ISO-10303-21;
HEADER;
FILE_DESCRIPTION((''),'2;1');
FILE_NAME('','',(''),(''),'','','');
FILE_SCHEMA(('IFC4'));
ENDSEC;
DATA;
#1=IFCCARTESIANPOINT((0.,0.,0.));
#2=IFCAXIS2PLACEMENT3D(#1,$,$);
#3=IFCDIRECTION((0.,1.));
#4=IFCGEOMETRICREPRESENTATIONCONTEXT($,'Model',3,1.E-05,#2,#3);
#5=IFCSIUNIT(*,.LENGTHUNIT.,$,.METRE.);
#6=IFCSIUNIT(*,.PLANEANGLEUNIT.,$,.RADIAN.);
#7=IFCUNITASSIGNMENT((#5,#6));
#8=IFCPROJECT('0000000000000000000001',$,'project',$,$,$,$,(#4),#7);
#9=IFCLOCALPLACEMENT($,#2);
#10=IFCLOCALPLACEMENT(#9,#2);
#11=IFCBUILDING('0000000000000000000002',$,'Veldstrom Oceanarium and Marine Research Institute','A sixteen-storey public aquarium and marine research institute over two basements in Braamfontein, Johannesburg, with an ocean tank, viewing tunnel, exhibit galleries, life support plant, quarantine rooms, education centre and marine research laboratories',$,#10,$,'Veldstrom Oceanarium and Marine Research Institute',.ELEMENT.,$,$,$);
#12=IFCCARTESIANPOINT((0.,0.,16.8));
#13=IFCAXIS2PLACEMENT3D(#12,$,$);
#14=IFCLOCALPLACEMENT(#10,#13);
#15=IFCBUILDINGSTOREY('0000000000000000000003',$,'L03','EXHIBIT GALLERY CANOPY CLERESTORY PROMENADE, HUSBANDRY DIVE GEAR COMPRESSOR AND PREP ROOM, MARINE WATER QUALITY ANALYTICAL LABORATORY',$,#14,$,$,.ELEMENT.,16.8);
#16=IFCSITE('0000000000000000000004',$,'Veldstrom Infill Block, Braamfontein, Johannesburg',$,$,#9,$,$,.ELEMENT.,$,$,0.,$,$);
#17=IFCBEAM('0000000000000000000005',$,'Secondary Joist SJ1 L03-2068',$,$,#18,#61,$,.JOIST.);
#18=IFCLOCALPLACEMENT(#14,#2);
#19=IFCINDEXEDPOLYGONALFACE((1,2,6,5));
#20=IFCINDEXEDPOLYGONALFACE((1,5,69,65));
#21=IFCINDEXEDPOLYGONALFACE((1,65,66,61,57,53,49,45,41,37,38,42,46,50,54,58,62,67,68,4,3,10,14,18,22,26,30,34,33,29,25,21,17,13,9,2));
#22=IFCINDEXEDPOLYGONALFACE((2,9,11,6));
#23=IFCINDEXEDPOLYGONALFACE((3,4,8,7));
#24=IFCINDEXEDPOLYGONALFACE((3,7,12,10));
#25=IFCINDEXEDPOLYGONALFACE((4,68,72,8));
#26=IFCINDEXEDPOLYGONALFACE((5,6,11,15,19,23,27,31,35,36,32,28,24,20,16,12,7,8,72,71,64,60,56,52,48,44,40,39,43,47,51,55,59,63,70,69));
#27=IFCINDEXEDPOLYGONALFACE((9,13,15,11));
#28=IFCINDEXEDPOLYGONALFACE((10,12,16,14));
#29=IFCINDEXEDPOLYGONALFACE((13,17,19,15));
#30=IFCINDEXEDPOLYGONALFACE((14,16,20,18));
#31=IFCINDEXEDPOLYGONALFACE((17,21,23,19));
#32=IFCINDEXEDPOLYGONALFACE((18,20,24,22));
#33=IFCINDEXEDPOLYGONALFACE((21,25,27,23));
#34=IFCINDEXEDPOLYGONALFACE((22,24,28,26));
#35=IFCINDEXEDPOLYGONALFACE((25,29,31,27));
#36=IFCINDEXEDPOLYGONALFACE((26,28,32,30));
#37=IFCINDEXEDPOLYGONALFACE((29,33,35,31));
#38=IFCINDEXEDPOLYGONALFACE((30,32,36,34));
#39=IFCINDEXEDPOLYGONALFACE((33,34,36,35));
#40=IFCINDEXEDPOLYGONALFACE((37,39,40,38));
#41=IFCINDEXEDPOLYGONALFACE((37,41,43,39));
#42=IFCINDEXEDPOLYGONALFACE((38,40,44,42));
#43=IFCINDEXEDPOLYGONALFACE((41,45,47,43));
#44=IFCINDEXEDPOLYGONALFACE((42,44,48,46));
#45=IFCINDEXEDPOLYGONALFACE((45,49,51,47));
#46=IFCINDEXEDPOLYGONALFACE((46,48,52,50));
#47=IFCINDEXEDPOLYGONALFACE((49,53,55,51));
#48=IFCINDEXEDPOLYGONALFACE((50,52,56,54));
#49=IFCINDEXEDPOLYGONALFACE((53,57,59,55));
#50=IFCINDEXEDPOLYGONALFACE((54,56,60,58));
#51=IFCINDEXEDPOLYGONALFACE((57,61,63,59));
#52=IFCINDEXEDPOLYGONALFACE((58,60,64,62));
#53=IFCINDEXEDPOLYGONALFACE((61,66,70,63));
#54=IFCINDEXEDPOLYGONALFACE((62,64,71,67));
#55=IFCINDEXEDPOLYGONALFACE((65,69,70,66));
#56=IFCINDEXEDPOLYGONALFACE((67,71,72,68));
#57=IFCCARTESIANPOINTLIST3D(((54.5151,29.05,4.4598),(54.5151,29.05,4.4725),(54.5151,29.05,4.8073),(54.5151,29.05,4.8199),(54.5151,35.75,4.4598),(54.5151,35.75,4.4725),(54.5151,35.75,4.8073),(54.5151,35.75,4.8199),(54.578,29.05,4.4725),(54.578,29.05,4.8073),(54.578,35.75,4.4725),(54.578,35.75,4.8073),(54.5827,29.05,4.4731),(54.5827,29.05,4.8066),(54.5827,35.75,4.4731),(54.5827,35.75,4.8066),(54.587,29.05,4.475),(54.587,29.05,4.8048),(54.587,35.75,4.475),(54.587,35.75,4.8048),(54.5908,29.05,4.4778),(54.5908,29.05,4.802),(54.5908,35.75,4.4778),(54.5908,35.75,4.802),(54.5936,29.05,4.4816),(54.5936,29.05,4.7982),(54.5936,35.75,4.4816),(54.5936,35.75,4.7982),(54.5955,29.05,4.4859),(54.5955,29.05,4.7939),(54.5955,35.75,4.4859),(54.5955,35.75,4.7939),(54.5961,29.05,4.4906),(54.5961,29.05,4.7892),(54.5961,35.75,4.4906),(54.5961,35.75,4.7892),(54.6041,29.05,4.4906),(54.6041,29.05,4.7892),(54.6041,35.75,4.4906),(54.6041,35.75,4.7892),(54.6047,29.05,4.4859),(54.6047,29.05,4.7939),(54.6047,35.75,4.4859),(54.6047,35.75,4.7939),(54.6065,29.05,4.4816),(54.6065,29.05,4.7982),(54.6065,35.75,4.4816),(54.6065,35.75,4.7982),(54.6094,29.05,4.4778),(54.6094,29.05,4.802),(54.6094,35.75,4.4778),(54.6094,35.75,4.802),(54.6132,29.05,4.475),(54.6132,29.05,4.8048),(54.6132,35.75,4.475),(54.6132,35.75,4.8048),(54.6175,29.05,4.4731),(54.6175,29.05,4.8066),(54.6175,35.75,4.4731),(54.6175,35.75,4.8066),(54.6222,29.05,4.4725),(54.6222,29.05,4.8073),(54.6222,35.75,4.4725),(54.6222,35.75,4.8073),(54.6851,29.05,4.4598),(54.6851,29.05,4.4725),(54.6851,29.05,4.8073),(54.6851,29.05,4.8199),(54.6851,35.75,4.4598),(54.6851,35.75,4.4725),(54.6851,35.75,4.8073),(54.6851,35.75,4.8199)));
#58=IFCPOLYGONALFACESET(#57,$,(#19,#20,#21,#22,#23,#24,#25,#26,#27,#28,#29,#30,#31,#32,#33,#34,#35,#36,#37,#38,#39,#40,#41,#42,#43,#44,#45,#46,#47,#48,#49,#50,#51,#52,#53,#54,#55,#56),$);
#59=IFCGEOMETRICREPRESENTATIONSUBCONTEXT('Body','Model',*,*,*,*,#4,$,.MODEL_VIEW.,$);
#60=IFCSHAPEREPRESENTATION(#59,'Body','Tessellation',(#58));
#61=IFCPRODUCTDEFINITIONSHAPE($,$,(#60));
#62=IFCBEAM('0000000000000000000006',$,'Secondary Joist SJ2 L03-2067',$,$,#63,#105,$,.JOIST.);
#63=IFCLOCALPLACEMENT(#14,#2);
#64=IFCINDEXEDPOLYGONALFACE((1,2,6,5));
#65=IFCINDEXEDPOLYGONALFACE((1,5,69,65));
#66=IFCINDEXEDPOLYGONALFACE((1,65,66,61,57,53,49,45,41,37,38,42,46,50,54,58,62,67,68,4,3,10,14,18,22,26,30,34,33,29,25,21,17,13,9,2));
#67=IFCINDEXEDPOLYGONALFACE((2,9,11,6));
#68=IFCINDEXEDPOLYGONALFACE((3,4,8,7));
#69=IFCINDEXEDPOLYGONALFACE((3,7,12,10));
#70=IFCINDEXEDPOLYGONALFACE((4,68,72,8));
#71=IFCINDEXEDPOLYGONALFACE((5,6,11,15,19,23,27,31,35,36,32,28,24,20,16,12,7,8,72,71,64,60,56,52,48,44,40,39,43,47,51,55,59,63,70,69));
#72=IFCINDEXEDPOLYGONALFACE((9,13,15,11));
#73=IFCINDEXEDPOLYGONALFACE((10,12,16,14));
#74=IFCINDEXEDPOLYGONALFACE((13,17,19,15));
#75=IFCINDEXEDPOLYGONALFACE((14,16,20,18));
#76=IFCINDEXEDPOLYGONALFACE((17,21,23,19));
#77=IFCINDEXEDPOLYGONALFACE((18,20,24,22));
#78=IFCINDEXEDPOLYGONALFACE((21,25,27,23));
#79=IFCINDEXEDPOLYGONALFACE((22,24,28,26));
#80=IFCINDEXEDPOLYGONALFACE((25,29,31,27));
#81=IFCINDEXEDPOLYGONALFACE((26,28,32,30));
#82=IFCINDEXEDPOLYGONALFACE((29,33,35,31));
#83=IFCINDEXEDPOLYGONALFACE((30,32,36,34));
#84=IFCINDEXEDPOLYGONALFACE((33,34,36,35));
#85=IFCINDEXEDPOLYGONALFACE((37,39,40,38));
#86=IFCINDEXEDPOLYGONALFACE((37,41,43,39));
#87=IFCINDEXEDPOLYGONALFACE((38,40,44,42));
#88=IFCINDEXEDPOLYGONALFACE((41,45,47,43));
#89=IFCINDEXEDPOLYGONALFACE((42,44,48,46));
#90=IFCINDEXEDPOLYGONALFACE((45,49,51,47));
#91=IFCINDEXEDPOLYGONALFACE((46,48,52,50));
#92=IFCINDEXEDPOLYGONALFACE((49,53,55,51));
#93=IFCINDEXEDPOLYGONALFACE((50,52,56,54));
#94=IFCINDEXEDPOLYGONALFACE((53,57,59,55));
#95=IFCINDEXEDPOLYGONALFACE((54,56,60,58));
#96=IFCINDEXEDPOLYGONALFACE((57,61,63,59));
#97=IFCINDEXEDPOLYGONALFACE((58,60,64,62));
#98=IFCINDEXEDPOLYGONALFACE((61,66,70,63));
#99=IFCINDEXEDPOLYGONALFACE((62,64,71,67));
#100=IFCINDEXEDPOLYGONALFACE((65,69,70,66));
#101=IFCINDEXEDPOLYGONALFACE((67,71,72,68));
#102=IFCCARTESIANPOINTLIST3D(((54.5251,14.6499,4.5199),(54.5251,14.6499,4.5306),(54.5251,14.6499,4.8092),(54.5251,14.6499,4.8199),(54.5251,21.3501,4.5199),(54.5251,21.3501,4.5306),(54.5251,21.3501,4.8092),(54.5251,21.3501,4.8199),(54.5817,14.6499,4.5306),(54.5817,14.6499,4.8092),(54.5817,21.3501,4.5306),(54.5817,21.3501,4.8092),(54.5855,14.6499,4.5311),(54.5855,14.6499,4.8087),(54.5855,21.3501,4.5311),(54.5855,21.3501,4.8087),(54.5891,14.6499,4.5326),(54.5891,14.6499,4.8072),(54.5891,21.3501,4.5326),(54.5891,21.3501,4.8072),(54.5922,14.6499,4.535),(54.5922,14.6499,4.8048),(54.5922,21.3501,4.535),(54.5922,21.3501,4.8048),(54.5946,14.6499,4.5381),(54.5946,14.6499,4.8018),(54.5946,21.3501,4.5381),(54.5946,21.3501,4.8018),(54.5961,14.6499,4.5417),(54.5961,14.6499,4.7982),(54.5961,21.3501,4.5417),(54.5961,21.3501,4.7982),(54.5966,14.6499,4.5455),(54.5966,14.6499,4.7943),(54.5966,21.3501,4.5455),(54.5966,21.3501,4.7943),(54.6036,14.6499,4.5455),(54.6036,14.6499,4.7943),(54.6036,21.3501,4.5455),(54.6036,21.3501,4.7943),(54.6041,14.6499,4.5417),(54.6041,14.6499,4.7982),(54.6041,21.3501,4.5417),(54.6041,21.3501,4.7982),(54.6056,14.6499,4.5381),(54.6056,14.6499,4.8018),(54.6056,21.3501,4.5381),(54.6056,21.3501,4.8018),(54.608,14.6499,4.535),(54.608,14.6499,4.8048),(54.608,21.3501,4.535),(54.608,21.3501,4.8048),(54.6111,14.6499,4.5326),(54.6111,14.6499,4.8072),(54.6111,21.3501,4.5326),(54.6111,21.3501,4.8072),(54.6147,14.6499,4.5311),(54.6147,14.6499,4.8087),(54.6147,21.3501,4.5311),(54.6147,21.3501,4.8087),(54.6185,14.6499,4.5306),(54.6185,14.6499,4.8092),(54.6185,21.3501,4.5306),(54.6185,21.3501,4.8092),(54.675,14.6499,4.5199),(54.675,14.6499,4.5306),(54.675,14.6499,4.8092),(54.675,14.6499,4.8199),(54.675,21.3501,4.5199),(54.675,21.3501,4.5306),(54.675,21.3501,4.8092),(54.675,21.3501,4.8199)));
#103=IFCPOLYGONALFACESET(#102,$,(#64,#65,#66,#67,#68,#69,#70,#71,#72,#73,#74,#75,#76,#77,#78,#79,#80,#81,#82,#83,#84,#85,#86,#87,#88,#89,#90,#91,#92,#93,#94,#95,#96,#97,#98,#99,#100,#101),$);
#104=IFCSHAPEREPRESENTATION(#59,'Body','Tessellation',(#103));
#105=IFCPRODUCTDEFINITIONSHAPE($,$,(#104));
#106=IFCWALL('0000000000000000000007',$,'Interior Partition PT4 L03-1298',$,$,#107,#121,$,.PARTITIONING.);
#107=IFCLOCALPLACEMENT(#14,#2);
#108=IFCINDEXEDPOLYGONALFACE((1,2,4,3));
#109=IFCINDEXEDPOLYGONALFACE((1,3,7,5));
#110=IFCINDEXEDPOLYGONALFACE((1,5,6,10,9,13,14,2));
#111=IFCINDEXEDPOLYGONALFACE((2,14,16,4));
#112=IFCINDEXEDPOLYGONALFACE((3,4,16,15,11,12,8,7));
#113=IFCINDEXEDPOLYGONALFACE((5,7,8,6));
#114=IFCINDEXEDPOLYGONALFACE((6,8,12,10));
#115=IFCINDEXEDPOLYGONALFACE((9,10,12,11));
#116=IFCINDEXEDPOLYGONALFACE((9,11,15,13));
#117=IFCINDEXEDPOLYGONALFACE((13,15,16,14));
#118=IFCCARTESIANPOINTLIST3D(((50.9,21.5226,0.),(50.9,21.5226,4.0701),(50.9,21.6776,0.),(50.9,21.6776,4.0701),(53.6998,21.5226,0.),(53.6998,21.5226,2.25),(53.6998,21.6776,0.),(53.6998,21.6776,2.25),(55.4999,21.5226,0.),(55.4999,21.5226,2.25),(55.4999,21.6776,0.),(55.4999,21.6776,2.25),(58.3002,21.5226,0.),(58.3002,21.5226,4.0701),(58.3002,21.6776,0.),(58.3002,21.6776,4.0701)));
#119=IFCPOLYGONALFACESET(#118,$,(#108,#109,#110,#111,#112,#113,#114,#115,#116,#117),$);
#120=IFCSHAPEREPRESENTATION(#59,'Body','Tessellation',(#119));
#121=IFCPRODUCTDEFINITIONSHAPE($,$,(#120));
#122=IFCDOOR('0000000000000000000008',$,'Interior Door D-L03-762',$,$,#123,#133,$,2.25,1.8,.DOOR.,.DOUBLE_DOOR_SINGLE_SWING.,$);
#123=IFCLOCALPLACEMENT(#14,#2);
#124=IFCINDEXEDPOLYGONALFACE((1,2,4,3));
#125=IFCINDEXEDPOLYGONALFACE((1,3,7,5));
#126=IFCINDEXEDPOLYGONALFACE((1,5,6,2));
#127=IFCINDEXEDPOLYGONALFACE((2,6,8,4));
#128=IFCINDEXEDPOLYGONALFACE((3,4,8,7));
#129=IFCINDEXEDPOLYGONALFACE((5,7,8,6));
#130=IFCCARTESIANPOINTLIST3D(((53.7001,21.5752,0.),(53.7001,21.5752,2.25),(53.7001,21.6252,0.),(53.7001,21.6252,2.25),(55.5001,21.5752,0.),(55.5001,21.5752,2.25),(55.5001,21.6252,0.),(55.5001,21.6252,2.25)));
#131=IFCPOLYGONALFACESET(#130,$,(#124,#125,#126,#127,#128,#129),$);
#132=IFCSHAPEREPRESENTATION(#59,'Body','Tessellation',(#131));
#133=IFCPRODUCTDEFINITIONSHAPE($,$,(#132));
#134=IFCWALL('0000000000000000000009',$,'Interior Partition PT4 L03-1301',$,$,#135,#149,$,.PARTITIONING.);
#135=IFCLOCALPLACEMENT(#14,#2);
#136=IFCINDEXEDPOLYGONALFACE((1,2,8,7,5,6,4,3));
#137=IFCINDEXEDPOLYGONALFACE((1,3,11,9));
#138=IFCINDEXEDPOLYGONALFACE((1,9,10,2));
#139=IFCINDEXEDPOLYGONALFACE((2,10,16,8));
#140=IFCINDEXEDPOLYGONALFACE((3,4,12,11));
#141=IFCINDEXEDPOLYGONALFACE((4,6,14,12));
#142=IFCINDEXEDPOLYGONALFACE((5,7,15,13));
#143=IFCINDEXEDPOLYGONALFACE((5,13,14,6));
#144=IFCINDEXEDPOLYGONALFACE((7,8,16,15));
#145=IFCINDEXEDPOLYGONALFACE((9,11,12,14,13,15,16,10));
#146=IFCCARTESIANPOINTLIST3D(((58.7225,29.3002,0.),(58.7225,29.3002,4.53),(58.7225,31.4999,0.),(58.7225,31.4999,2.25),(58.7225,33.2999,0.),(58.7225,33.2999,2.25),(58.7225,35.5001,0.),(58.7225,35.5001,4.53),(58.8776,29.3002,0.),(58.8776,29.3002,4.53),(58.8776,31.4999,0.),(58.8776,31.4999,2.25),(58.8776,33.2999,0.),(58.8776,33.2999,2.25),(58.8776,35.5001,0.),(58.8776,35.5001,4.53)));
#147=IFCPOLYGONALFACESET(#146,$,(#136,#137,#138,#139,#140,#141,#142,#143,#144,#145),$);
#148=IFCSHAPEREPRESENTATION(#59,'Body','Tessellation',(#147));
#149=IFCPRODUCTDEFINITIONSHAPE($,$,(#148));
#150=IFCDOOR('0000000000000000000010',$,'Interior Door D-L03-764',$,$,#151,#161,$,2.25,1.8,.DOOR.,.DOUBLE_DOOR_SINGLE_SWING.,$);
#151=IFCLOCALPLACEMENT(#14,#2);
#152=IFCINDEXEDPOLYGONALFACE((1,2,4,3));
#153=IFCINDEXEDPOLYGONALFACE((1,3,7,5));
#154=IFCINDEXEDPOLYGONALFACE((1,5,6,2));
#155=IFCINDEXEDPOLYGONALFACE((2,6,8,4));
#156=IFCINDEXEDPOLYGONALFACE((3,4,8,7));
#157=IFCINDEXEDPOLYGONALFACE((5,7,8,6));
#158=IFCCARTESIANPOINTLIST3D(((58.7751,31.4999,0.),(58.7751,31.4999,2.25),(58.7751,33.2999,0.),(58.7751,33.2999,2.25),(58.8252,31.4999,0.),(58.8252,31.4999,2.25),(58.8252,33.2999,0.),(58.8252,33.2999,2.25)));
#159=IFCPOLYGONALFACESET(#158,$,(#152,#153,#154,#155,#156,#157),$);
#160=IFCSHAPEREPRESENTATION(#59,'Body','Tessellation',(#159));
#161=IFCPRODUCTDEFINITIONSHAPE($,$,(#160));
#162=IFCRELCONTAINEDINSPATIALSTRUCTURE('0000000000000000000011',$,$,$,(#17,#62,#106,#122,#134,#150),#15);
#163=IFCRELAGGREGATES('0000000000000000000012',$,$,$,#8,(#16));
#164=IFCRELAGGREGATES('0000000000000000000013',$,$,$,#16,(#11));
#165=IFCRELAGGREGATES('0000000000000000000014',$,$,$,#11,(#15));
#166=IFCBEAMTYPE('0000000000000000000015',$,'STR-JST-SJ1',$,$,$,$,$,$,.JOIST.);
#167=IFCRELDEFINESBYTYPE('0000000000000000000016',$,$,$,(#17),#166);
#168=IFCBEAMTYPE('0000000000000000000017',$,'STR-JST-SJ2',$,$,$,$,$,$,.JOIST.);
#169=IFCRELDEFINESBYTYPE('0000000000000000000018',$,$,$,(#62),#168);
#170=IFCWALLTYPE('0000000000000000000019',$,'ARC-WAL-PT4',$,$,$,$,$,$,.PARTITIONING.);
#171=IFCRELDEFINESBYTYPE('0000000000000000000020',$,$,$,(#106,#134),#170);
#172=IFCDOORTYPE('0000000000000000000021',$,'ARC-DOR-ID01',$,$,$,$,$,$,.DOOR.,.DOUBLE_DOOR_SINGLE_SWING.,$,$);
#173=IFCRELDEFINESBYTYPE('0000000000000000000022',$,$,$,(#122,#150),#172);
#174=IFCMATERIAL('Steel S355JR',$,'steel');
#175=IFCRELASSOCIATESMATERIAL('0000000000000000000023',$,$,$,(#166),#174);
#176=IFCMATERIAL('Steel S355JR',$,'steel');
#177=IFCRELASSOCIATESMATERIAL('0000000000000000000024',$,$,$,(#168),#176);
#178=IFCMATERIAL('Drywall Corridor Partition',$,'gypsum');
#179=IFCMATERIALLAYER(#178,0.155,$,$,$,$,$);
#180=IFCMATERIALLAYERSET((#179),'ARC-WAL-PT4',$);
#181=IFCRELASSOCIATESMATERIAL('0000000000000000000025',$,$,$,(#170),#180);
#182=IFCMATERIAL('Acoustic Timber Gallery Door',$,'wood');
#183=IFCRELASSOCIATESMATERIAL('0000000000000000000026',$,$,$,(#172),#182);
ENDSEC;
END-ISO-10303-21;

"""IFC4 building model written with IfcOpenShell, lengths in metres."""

from ifc_helpers import new_model, si_unit, direction, frame, frame_2d, origin, origin_2d, place, context, subcontext, project, spatial, rectangle, i_section, extrude, material, layer, layer_set, material_profile, profile_set, type_object, element, fill, save


model = new_model("IFC4")

# Units and contexts
model_context = context("Model", 3, precision=1e-05, world=origin(), true_north=direction((0.0, 1.0)))
body_context = subcontext(model_context, "Body", "Model", "MODEL_VIEW")
ifc_project = project(units=[si_unit("LENGTHUNIT", "METRE"), si_unit("PLANEANGLEUNIT", "RADIAN")], contexts=[model_context])

# Site, building, storey
site_placement = place(None, origin())
site = spatial("IfcSite", under=ifc_project, at=site_placement, Name="Veldstrom Infill Block, Braamfontein, Johannesburg", CompositionType="ELEMENT", RefElevation=0.0)
building_placement = place(site_placement, origin())
building = spatial("IfcBuilding", under=site, at=building_placement, Name="Veldstrom Oceanarium and Marine Research Institute", Description="A sixteen-storey public aquarium and marine research institute over two basements in Braamfontein, Johannesburg, with an ocean tank, viewing tunnel, exhibit galleries, life support plant, quarantine rooms, education centre and marine research laboratories", LongName="Veldstrom Oceanarium and Marine Research Institute", CompositionType="ELEMENT")
storey_placement = place(building_placement, frame((0.0, 0.0, 16.8)))
storey = spatial("IfcBuildingStorey", under=building, at=storey_placement, Name="L03", Description="EXHIBIT GALLERY CANOPY CLERESTORY PROMENADE, HUSBANDRY DIVE GEAR COMPRESSOR AND PREP ROOM, MARINE WATER QUALITY ANALYTICAL LABORATORY", CompositionType="ELEMENT", Elevation=16.8)

# Beams
ifc_material_1 = material(Name="Steel S355JR", Category="steel")
ifc_material_profile_1 = material_profile(ifc_material_1, i_section(OverallWidth=0.1699, OverallDepth=0.3601, WebThickness=0.0081, FlangeThickness=0.0127, FilletRadius=0.0181, at=origin_2d()), Name="IPE 360")
ifc_profile_set_1 = profile_set([ifc_material_profile_1], Name="Steel S355JR")
beam_type_1 = type_object("IfcBeamType", Name="STR-JST-SJ1", PredefinedType="JOIST", material=ifc_profile_set_1)
beam_1_placement = place(storey_placement, frame((54.6001, 29.05, 4.6399), z_axis=(0.0, 1.0, 0.0), x_axis=(-1.0, 0.0, 0.0)))
element("IfcBeam", 1, at=beam_1_placement, inside=storey, type_object=beam_type_1, Name="Secondary Joist SJ1 L03-2068", PredefinedType="JOIST", context=body_context, shape_type="SweptSolid", body=[
    extrude(i_section(OverallWidth=0.1699, OverallDepth=0.3601, WebThickness=0.0081, FlangeThickness=0.0127, FilletRadius=0.0181, at=origin_2d()), origin(), (0.0, 0.0, 1.0), 6.7),
])
ifc_material_2 = material(Name="Steel S355JR", Category="steel")
ifc_material_profile_2 = material_profile(ifc_material_2, i_section(OverallWidth=0.1499, OverallDepth=0.3, WebThickness=0.0071, FlangeThickness=0.0107, FilletRadius=0.0149, at=origin_2d()), Name="IPE 300")
ifc_profile_set_2 = profile_set([ifc_material_profile_2], Name="Steel S355JR")
beam_type_2 = type_object("IfcBeamType", Name="STR-JST-SJ2", PredefinedType="JOIST", material=ifc_profile_set_2)
beam_2_placement = place(storey_placement, frame((54.6001, 14.6499, 4.6699), z_axis=(0.0, 1.0, 0.0), x_axis=(-1.0, 0.0, 0.0)))
element("IfcBeam", 2, at=beam_2_placement, inside=storey, type_object=beam_type_2, Name="Secondary Joist SJ2 L03-2067", PredefinedType="JOIST", context=body_context, shape_type="SweptSolid", body=[
    extrude(i_section(OverallWidth=0.1499, OverallDepth=0.3, WebThickness=0.0071, FlangeThickness=0.0107, FilletRadius=0.0149, at=origin_2d()), origin(), (0.0, 0.0, 1.0), 6.7002),
])

# Walls, openings, doors
ifc_material_3 = material(Name="Drywall Corridor Partition", Category="gypsum")
ifc_layer_1 = layer(ifc_material_3, 0.155)
ifc_layer_set_1 = layer_set([ifc_layer_1], Name="ARC-WAL-PT4")
wall_type_1 = type_object("IfcWallType", Name="ARC-WAL-PT4", PredefinedType="PARTITIONING", material=ifc_layer_set_1)
wall_1_placement = place(storey_placement, frame((50.8999, 21.6001, 0.0), z_axis=(0.0, 0.0, 1.0), x_axis=(1.0, 0.0, 0.0)))
wall_1 = element("IfcWall", 3, at=wall_1_placement, inside=storey, type_object=wall_type_1, Name="Interior Partition PT4 L03-1298", PredefinedType="PARTITIONING", context=body_context, shape_type="SweptSolid", body=[
    extrude(rectangle(XDim=7.4001, YDim=0.155, at=frame_2d((3.7002, 0.0))), origin(), (0.0, 0.0, 1.0), 4.0701),
])
opening_1_placement = place(wall_1_placement, frame((2.8, 0.0, 0.0)))
opening_1 = element("IfcOpeningElement", 4, at=opening_1_placement, cuts=wall_1, PredefinedType="OPENING", context=body_context, shape_type="SweptSolid", body=[
    extrude(rectangle(XDim=1.8, YDim=2.25, at=frame_2d((0.8999, 1.125))), frame((0.0, 0.0874, 0.0), z_axis=(0.0, -1.0, 0.0), x_axis=(1.0, 0.0, 0.0)), (0.0, 0.0, 1.0), 0.175),
])
ifc_material_4 = material(Name="Acoustic Timber Gallery Door", Category="wood")
door_type_1 = type_object("IfcDoorType", Name="ARC-DOR-ID01", OperationType="DOUBLE_DOOR_SINGLE_SWING", PredefinedType="DOOR", material=ifc_material_4)
door_1_placement = place(opening_1_placement, frame((1.8, 0.0, 0.0), z_axis=(0.0, 0.0, 1.0), x_axis=(-1.0, 0.0, 0.0)))
door_1 = element("IfcDoor", 5, at=door_1_placement, inside=storey, type_object=door_type_1, Name="Interior Door D-L03-762", OperationType="DOUBLE_DOOR_SINGLE_SWING", OverallHeight=2.25, OverallWidth=1.8, PredefinedType="DOOR", context=body_context, shape_type="SweptSolid", body=[
    extrude(rectangle(XDim=1.8, YDim=2.25, at=frame_2d((0.8999, 1.125))), frame((0.0, 0.0249, 0.0), z_axis=(0.0, -1.0, 0.0), x_axis=(1.0, 0.0, 0.0)), (0.0, 0.0, 1.0), 0.05),
])
fill(opening_1, door_1)
wall_2_placement = place(storey_placement, frame((58.8, 29.3, 0.0), z_axis=(0.0, 0.0, 1.0), x_axis=(0.0, 1.0, 0.0)))
wall_2 = element("IfcWall", 6, at=wall_2_placement, inside=storey, type_object=wall_type_1, Name="Interior Partition PT4 L03-1301", PredefinedType="PARTITIONING", context=body_context, shape_type="SweptSolid", body=[
    extrude(rectangle(XDim=6.2, YDim=0.155, at=frame_2d((3.1001, 0.0))), origin(), (0.0, 0.0, 1.0), 4.53),
])
opening_2_placement = place(wall_2_placement, frame((2.2, 0.0, 0.0)))
opening_2 = element("IfcOpeningElement", 7, at=opening_2_placement, cuts=wall_2, PredefinedType="OPENING", context=body_context, shape_type="SweptSolid", body=[
    extrude(rectangle(XDim=1.8, YDim=2.25, at=frame_2d((0.8999, 1.125))), frame((0.0, 0.0874, 0.0), z_axis=(0.0, -1.0, 0.0), x_axis=(1.0, 0.0, 0.0)), (0.0, 0.0, 1.0), 0.175),
])
door_2_placement = place(opening_2_placement, origin())
door_2 = element("IfcDoor", 8, at=door_2_placement, inside=storey, type_object=door_type_1, Name="Interior Door D-L03-764", OperationType="DOUBLE_DOOR_SINGLE_SWING", OverallHeight=2.25, OverallWidth=1.8, PredefinedType="DOOR", context=body_context, shape_type="SweptSolid", body=[
    extrude(rectangle(XDim=1.8, YDim=2.25, at=frame_2d((0.8999, 1.125))), frame((0.0, 0.0249, 0.0), z_axis=(0.0, -1.0, 0.0), x_axis=(1.0, 0.0, 0.0)), (0.0, 0.0, 1.0), 0.05),
])
fill(opening_2, door_2)

save(model, "model.ifc")
